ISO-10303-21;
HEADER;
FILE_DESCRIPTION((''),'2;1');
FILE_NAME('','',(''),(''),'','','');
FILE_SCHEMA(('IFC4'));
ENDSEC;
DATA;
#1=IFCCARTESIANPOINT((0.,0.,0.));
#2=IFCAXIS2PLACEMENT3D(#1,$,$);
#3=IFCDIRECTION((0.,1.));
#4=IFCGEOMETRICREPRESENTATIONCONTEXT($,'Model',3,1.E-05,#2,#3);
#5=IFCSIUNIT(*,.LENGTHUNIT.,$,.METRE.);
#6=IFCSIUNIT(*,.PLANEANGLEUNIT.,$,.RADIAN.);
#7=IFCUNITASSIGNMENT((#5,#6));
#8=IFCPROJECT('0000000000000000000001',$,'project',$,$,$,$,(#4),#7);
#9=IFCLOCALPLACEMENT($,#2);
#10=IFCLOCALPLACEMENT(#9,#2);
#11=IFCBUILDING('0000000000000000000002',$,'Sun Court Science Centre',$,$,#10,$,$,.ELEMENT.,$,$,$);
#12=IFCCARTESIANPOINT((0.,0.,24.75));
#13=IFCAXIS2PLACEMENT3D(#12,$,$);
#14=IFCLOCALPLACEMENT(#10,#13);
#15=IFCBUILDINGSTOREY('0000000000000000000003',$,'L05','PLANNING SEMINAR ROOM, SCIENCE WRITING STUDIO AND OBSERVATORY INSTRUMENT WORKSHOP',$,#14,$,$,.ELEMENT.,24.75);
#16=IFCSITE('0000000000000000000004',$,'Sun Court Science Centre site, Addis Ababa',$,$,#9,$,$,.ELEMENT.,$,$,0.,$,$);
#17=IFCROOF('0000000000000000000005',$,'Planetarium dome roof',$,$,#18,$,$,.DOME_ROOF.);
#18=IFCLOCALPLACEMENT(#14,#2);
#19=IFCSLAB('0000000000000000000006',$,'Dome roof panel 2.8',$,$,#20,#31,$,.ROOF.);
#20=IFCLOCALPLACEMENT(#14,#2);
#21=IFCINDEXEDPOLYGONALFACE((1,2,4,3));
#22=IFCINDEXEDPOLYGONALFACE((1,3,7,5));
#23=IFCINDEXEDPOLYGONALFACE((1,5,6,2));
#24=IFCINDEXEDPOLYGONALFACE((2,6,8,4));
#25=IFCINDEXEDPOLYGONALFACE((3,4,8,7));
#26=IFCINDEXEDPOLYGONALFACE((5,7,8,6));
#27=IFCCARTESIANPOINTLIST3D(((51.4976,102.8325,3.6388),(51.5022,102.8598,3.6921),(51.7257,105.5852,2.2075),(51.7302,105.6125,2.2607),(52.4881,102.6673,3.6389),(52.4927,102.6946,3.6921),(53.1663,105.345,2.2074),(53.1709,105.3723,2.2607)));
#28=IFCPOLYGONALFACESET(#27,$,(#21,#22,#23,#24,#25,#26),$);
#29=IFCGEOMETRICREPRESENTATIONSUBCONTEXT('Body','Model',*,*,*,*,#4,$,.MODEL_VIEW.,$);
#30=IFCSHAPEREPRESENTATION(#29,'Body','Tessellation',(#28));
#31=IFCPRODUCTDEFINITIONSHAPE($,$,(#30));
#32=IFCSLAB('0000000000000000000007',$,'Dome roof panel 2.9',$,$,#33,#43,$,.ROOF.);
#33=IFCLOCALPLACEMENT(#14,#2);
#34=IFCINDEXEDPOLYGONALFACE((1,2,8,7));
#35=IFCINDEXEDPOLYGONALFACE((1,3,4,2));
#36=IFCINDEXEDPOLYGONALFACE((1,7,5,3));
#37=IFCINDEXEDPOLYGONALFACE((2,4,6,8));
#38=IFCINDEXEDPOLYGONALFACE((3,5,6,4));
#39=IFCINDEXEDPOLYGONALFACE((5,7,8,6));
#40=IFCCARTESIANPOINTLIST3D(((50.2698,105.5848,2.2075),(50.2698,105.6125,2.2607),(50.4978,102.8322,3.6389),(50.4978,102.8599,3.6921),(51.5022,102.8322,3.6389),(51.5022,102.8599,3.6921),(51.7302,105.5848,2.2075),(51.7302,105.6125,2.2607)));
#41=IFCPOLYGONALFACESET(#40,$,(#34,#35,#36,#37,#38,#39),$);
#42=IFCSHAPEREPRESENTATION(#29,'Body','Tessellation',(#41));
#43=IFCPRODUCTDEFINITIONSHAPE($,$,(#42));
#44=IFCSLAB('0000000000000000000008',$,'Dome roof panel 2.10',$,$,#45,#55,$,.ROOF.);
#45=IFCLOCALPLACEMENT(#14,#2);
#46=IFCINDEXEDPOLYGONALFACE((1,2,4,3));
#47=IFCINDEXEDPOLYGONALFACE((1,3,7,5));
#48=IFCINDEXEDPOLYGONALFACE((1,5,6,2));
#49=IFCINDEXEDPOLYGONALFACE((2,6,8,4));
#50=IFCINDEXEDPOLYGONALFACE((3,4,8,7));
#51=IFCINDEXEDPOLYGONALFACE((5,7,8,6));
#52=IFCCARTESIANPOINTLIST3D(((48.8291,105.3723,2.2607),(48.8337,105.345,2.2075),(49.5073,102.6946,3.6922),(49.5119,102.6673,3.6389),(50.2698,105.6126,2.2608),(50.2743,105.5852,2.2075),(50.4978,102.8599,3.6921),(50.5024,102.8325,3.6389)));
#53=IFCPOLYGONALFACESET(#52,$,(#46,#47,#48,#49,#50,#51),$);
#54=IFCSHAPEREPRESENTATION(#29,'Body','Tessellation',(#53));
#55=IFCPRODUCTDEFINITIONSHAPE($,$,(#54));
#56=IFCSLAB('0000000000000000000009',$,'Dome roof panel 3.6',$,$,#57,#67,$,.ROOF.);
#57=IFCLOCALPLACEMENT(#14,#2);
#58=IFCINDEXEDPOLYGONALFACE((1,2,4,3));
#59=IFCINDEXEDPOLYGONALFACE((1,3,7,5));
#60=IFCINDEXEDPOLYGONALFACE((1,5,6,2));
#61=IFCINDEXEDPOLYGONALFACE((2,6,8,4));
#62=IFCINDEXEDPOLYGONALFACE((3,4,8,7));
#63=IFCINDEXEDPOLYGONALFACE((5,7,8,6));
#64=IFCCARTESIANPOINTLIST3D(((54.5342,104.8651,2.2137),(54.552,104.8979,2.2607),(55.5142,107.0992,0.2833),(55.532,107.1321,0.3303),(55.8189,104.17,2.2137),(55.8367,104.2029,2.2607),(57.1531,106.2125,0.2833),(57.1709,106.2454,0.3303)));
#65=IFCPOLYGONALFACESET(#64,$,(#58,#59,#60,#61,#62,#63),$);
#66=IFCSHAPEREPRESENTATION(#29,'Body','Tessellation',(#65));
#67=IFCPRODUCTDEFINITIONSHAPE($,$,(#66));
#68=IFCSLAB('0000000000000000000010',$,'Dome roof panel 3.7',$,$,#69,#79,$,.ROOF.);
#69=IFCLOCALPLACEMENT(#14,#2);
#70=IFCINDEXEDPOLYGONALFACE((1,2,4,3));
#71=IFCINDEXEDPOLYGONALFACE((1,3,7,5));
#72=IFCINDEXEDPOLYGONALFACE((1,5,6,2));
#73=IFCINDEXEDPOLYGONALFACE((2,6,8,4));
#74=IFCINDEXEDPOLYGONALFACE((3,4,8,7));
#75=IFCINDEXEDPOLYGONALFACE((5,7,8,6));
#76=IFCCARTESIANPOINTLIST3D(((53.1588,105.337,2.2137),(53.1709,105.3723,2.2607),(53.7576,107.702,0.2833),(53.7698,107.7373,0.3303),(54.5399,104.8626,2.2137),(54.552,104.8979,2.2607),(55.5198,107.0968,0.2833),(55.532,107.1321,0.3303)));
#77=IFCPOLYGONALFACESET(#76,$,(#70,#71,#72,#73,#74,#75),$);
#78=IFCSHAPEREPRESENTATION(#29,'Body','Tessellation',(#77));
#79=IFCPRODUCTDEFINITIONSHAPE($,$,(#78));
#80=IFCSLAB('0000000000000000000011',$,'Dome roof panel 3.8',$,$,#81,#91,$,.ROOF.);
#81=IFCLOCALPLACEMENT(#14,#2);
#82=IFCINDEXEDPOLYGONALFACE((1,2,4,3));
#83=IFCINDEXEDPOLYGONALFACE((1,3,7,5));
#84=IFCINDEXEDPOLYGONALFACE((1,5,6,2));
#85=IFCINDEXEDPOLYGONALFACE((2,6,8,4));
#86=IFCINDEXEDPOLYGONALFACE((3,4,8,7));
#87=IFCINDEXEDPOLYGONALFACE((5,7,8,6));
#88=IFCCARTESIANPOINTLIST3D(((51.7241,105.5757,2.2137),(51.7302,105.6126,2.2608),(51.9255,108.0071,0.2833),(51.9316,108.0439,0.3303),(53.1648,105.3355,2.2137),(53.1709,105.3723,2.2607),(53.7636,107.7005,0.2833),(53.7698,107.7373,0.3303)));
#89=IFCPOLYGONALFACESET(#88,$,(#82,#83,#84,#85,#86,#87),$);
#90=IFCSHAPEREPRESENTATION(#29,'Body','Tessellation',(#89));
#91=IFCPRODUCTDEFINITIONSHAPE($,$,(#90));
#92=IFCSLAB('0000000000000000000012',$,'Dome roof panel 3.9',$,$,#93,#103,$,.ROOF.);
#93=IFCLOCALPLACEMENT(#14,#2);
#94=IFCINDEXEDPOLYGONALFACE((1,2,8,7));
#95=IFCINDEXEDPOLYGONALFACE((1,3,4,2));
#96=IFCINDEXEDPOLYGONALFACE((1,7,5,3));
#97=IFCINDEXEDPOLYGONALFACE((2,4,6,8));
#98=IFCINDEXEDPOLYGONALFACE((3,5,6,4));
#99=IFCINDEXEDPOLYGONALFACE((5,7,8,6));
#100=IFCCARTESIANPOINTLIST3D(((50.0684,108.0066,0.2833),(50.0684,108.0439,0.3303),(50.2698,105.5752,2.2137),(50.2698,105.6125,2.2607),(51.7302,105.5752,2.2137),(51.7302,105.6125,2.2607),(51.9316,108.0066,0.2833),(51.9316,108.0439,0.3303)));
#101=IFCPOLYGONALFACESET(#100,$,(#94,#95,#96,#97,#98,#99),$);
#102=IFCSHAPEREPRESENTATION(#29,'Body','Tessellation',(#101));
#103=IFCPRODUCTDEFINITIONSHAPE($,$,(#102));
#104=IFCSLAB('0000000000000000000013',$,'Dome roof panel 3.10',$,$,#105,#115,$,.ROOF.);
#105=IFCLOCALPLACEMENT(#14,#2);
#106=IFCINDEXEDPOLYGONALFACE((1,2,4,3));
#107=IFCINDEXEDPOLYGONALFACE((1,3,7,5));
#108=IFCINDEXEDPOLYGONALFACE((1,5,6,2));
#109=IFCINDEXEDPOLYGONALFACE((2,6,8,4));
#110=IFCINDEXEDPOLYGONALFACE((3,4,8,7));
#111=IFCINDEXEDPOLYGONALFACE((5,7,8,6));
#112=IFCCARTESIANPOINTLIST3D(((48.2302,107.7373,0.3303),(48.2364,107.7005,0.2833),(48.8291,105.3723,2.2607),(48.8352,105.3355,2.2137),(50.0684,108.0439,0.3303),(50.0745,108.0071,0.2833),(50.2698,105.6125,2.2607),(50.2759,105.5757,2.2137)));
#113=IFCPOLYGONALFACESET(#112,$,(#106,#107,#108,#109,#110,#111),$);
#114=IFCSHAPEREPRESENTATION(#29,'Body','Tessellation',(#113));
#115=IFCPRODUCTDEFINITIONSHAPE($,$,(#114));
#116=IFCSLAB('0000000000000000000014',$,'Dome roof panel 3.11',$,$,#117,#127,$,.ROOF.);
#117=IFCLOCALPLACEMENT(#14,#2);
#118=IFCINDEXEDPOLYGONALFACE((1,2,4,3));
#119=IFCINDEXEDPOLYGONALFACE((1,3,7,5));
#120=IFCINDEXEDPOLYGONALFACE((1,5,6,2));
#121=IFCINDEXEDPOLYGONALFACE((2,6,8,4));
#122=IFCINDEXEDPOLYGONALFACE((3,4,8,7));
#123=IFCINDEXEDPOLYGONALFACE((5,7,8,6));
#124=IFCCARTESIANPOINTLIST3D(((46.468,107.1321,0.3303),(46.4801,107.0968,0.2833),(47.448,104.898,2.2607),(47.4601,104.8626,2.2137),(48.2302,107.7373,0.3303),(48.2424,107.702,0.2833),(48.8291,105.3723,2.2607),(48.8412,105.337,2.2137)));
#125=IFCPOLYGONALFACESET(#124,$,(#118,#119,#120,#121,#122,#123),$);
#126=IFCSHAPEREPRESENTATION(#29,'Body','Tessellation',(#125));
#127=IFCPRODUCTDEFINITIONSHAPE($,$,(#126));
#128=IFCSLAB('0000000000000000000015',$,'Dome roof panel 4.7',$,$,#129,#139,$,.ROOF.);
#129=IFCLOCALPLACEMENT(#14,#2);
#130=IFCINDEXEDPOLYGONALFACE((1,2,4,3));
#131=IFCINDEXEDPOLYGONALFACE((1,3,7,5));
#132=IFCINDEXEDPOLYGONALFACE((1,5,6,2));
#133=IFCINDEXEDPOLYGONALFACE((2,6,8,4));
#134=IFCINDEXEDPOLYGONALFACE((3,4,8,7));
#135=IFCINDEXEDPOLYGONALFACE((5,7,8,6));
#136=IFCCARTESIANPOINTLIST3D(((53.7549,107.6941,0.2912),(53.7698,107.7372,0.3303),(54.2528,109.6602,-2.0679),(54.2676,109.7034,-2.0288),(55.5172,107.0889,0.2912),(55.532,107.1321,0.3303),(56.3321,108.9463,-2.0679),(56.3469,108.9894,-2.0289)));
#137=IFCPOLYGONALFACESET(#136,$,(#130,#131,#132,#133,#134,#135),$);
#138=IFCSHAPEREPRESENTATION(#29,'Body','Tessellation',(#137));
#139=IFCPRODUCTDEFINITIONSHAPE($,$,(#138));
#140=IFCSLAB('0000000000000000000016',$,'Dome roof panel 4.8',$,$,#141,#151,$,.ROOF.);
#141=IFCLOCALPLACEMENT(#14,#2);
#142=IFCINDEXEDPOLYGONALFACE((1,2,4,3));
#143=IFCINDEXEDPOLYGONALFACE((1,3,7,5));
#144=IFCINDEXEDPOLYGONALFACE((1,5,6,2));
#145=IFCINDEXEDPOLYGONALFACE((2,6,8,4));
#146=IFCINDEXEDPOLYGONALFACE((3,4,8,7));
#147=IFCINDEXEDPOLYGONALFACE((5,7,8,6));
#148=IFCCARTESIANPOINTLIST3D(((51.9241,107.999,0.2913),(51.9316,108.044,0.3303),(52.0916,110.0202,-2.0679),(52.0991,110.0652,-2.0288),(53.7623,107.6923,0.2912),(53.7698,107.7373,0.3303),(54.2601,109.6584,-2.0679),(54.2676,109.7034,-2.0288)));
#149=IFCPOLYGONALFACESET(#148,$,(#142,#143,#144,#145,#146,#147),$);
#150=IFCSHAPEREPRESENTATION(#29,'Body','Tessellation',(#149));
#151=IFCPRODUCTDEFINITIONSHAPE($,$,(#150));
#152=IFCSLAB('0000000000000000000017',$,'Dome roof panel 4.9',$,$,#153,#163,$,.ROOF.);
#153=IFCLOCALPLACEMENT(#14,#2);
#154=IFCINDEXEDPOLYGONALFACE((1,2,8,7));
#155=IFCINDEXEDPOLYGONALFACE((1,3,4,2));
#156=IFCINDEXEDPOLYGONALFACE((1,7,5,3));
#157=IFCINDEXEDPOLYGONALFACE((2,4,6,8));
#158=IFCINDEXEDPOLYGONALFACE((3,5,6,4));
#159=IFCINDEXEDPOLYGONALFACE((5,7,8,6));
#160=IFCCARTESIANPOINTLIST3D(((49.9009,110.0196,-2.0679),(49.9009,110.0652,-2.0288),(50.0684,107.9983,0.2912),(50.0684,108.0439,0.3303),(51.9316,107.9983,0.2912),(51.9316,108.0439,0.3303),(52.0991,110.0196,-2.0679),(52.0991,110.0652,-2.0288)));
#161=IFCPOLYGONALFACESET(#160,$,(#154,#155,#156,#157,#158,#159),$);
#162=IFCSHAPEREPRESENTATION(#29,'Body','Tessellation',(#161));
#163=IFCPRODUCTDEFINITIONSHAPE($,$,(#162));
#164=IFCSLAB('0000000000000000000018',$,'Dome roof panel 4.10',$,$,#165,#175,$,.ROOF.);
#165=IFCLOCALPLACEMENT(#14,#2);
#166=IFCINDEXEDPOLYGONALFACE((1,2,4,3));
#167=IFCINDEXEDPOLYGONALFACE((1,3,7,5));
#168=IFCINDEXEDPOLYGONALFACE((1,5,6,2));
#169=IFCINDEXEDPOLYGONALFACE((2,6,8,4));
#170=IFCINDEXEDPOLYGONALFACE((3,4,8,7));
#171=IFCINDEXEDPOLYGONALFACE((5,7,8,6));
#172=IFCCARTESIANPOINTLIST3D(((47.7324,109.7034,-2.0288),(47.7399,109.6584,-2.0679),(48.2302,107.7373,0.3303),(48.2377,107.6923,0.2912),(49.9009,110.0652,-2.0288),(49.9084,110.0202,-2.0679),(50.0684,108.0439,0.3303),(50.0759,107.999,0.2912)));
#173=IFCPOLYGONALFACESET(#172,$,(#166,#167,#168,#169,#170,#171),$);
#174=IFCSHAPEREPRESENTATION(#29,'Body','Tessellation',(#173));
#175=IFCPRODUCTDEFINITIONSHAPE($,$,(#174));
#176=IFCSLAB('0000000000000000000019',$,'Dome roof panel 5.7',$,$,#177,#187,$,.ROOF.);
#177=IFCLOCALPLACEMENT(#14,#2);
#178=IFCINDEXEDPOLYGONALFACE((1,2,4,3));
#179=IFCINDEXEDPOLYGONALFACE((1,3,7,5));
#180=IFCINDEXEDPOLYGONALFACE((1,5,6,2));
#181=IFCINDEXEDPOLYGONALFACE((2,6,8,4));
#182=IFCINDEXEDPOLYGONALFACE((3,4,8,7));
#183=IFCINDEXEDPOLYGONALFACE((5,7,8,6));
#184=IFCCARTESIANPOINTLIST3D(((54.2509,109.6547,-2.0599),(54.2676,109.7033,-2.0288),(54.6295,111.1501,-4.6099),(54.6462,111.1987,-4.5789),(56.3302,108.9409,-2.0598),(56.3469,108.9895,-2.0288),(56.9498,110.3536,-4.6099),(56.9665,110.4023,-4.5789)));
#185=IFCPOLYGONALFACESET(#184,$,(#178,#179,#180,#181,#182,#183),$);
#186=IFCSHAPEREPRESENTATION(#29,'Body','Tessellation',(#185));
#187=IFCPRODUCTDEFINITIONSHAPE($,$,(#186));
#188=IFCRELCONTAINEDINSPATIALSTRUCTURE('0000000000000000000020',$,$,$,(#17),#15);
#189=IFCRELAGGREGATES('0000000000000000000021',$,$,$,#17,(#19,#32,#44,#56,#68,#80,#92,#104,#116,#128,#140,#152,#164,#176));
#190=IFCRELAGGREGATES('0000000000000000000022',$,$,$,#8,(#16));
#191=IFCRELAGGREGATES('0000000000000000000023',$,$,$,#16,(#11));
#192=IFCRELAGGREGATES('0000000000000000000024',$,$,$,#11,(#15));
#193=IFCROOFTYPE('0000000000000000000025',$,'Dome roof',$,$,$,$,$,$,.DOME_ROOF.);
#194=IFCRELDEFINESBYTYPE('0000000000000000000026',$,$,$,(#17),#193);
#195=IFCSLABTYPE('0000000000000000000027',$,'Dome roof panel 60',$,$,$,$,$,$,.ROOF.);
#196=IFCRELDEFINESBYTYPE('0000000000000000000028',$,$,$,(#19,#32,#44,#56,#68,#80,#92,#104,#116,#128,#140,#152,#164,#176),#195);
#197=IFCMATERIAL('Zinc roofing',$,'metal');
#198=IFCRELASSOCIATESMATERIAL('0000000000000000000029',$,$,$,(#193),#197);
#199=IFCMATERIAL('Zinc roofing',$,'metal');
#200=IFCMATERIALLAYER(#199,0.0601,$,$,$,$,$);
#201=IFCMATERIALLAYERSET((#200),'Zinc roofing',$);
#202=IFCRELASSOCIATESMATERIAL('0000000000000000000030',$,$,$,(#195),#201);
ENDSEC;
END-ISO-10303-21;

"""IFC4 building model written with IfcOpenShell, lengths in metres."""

from ifc_helpers import new_model, si_unit, direction, frame, origin, place, context, subcontext, project, spatial, polyline, outline, extrude, material, layer, layer_set, type_object, element, aggregate, save


model = new_model("IFC4")

# Units and contexts
model_context = context("Model", 3, precision=1e-05, world=origin(), true_north=direction((0.0, 1.0)))
body_context = subcontext(model_context, "Body", "Model", "MODEL_VIEW")
ifc_project = project(units=[si_unit("LENGTHUNIT", "METRE"), si_unit("PLANEANGLEUNIT", "RADIAN")], contexts=[model_context])

# Site, building, storey
site_placement = place(None, origin())
site = spatial("IfcSite", under=ifc_project, at=site_placement, Name="Sun Court Science Centre site, Addis Ababa", CompositionType="ELEMENT", RefElevation=0.0)
building_placement = place(site_placement, origin())
building = spatial("IfcBuilding", under=site, at=building_placement, Name="Sun Court Science Centre", CompositionType="ELEMENT")
storey_placement = place(building_placement, frame((0.0, 0.0, 24.75)))
storey = spatial("IfcBuildingStorey", under=building, at=storey_placement, Name="L05", Description="PLANNING SEMINAR ROOM, SCIENCE WRITING STUDIO AND OBSERVATORY INSTRUMENT WORKSHOP", CompositionType="ELEMENT", Elevation=24.75)

# Roof, slabs
ifc_material_1 = material(Name="Zinc roofing", Category="metal")
roof_type = type_object("IfcRoofType", Name="Dome roof", PredefinedType="DOME_ROOF", material=ifc_material_1)
roof_placement = place(storey_placement, origin())
roof = element("IfcRoof", 1, at=roof_placement, inside=storey, type_object=roof_type, Name="Planetarium dome roof", PredefinedType="DOME_ROOF")
ifc_material_2 = material(Name="Zinc roofing", Category="metal")
ifc_layer = layer(ifc_material_2, 0.0601)
ifc_layer_set = layer_set([ifc_layer], Name="Zinc roofing")
slab_type = type_object("IfcSlabType", Name="Dome roof panel 60", PredefinedType="ROOF", material=ifc_layer_set)
slab_1_placement = place(storey_placement, frame((52.4927, 102.6946, 3.6921), z_axis=(0.075904, 0.455056, 0.887222), x_axis=(-0.986363, 0.164582, -0.000028)))
slab_1 = element("IfcSlab", 2, at=slab_1_placement, type_object=slab_type, Name="Dome roof panel 2.8", PredefinedType="ROOF", context=body_context, shape_type="SweptSolid", body=[
    extrude(outline(polyline([(0.0, 0.0), (1.0042, 0.0), (1.2323, -3.1026), (-0.2282, -3.1027), (0.0, 0.0)])), origin(), (0.0, 0.0, -1.0), 0.0601),
])
slab_2_placement = place(storey_placement, frame((51.5022, 102.8599, 3.6921), z_axis=(0.0, 0.461353, 0.887217), x_axis=(-1.0, 0.0, 0.0)))
slab_2 = element("IfcSlab", 3, at=slab_2_placement, type_object=slab_type, Name="Dome roof panel 2.9", PredefinedType="ROOF", context=body_context, shape_type="SweptSolid", body=[
    extrude(outline(polyline([(0.0, 0.0), (1.0044, 0.0), (1.2324, -3.1026), (-0.228, -3.1026), (0.0, 0.0)])), origin(), (0.0, 0.0, -1.0), 0.0601),
])
slab_3_placement = place(storey_placement, frame((50.4978, 102.8599, 3.6921), z_axis=(-0.075904, 0.455056, 0.887222), x_axis=(-0.986363, -0.164582, 0.000028)))
slab_3 = element("IfcSlab", 4, at=slab_3_placement, type_object=slab_type, Name="Dome roof panel 2.10", PredefinedType="ROOF", context=body_context, shape_type="SweptSolid", body=[
    extrude(outline(polyline([(0.0, 0.0), (1.0042, 0.0), (1.2324, -3.1027), (-0.2282, -3.1026), (0.0, 0.0)])), origin(), (0.0, 0.0, -1.0), 0.0601),
])
slab_4_placement = place(storey_placement, frame((55.8367, 104.2029, 2.2607), z_axis=(0.295898, 0.546903, 0.783161), x_axis=(-0.87952, 0.475862, -0.000002)))
slab_4 = element("IfcSlab", 5, at=slab_4_placement, type_object=slab_type, Name="Dome roof panel 3.6", PredefinedType="ROOF", context=body_context, shape_type="SweptSolid", body=[
    extrude(outline(polyline([(0.0, 0.0), (1.4606, 0.0), (1.6619, -3.1045), (-0.2015, -3.1045), (0.0, 0.0)])), origin(), (0.0, 0.0, -1.0), 0.0601),
])
slab_5_placement = place(storey_placement, frame((54.552, 104.8979, 2.2607), z_axis=(0.201987, 0.588101, 0.78316), x_axis=(-0.94577, 0.324838, -0.000005)))
slab_5 = element("IfcSlab", 6, at=slab_5_placement, type_object=slab_type, Name="Dome roof panel 3.7", PredefinedType="ROOF", context=body_context, shape_type="SweptSolid", body=[
    extrude(outline(polyline([(0.0, 0.0), (1.4603, 0.0), (1.6621, -3.1045), (-0.2011, -3.1045), (0.0, 0.0)])), origin(), (0.0, 0.0, -1.0), 0.0601),
])
slab_6_placement = place(storey_placement, frame((53.1709, 105.3723, 2.2607), z_axis=(0.102299, 0.613339, 0.783167), x_axis=(-0.986378, 0.164495, 0.000019)))
slab_6 = element("IfcSlab", 7, at=slab_6_placement, type_object=slab_type, Name="Dome roof panel 3.8", PredefinedType="ROOF", context=body_context, shape_type="SweptSolid", body=[
    extrude(outline(polyline([(0.0, 0.0), (1.4606, 0.0), (1.6618, -3.1046), (-0.2017, -3.1045), (0.0, 0.0)])), origin(), (0.0, 0.0, -1.0), 0.0601),
])
slab_7_placement = place(storey_placement, frame((51.7302, 105.6125, 2.2607), z_axis=(0.0, 0.621804, 0.783173), x_axis=(-1.0, 0.0, 0.0)))
slab_7 = element("IfcSlab", 8, at=slab_7_placement, type_object=slab_type, Name="Dome roof panel 3.9", PredefinedType="ROOF", context=body_context, shape_type="SweptSolid", body=[
    extrude(outline(polyline([(0.0, 0.0), (1.4604, 0.0), (1.6619, -3.1045), (-0.2014, -3.1045), (0.0, 0.0)])), origin(), (0.0, 0.0, -1.0), 0.0601),
])
slab_8_placement = place(storey_placement, frame((50.2698, 105.6125, 2.2607), z_axis=(-0.102299, 0.613339, 0.783167), x_axis=(-0.986378, -0.164495, -0.000019)))
slab_8 = element("IfcSlab", 9, at=slab_8_placement, type_object=slab_type, Name="Dome roof panel 3.10", PredefinedType="ROOF", context=body_context, shape_type="SweptSolid", body=[
    extrude(outline(polyline([(0.0, 0.0), (1.4606, 0.0), (1.6623, -3.1045), (-0.2012, -3.1046), (0.0, 0.0)])), origin(), (0.0, 0.0, -1.0), 0.0601),
])
slab_9_placement = place(storey_placement, frame((48.8291, 105.3723, 2.2607), z_axis=(-0.201987, 0.588101, 0.78316), x_axis=(-0.94577, -0.324838, 0.000005)))
slab_9 = element("IfcSlab", 10, at=slab_9_placement, type_object=slab_type, Name="Dome roof panel 3.11", PredefinedType="ROOF", context=body_context, shape_type="SweptSolid", body=[
    extrude(outline(polyline([(0.0, 0.0), (1.4603, 0.0), (1.6614, -3.1045), (-0.2018, -3.1045), (0.0, 0.0)])), origin(), (0.0, 0.0, -1.0), 0.0601),
])
slab_10_placement = place(storey_placement, frame((55.532, 107.1321, 0.3303), z_axis=(0.246621, 0.718226, 0.650638), x_axis=(-0.945787, 0.324788, -0.000032)))
slab_10 = element("IfcSlab", 11, at=slab_10_placement, type_object=slab_type, Name="Dome roof panel 4.7", PredefinedType="ROOF", context=body_context, shape_type="SweptSolid", body=[
    extrude(outline(polyline([(0.0, 0.0), (1.8632, 0.0), (2.0311, -3.1065), (-0.1674, -3.1067), (0.0, 0.0)])), origin(), (0.0, 0.0, -1.0), 0.0601),
])
slab_11_placement = place(storey_placement, frame((53.7698, 107.7373, 0.3303), z_axis=(0.12497, 0.749046, 0.650624), x_axis=(-0.986367, 0.164557, 0.000009)))
slab_11 = element("IfcSlab", 12, at=slab_11_placement, type_object=slab_type, Name="Dome roof panel 4.8", PredefinedType="ROOF", context=body_context, shape_type="SweptSolid", body=[
    extrude(outline(polyline([(0.0, 0.0), (1.8635, 0.0), (2.0309, -3.1066), (-0.1675, -3.1066), (0.0, 0.0)])), origin(), (0.0, 0.0, -1.0), 0.0601),
])
slab_12_placement = place(storey_placement, frame((51.9316, 108.0439, 0.3303), z_axis=(0.0, 0.759395, 0.65063), x_axis=(-1.0, 0.0, 0.0)))
slab_12 = element("IfcSlab", 13, at=slab_12_placement, type_object=slab_type, Name="Dome roof panel 4.9", PredefinedType="ROOF", context=body_context, shape_type="SweptSolid", body=[
    extrude(outline(polyline([(0.0, 0.0), (1.8633, 0.0), (2.0308, -3.1066), (-0.1675, -3.1066), (0.0, 0.0)])), origin(), (0.0, 0.0, -1.0), 0.0601),
])
slab_13_placement = place(storey_placement, frame((50.0684, 108.0439, 0.3303), z_axis=(-0.12497, 0.749046, 0.650624), x_axis=(-0.986367, -0.164557, -0.000009)))
slab_13 = element("IfcSlab", 14, at=slab_13_placement, type_object=slab_type, Name="Dome roof panel 4.10", PredefinedType="ROOF", context=body_context, shape_type="SweptSolid", body=[
    extrude(outline(polyline([(0.0, 0.0), (1.8635, 0.0), (2.031, -3.1066), (-0.1674, -3.1066), (0.0, 0.0)])), origin(), (0.0, 0.0, -1.0), 0.0601),
])
slab_14_placement = place(storey_placement, frame((56.3469, 108.9895, -2.0288), z_axis=(0.278048, 0.810007, 0.516311), x_axis=(-0.945824, 0.324681, -0.000019)))
slab_14 = element("IfcSlab", 15, at=slab_14_placement, type_object=slab_type, Name="Dome roof panel 5.7", PredefinedType="ROOF", context=body_context, shape_type="SweptSolid", body=[
    extrude(outline(polyline([(0.0, 0.0), (2.1985, 0.0), (2.3259, -2.9776), (-0.1273, -2.9777), (0.0, 0.0)])), origin(), (0.0, 0.0, -1.0), 0.0601),
])
aggregate(roof, [slab_1, slab_2, slab_3, slab_4, slab_5, slab_6, slab_7, slab_8, slab_9, slab_10, slab_11, slab_12, slab_13, slab_14])

save(model, "model.ifc")
